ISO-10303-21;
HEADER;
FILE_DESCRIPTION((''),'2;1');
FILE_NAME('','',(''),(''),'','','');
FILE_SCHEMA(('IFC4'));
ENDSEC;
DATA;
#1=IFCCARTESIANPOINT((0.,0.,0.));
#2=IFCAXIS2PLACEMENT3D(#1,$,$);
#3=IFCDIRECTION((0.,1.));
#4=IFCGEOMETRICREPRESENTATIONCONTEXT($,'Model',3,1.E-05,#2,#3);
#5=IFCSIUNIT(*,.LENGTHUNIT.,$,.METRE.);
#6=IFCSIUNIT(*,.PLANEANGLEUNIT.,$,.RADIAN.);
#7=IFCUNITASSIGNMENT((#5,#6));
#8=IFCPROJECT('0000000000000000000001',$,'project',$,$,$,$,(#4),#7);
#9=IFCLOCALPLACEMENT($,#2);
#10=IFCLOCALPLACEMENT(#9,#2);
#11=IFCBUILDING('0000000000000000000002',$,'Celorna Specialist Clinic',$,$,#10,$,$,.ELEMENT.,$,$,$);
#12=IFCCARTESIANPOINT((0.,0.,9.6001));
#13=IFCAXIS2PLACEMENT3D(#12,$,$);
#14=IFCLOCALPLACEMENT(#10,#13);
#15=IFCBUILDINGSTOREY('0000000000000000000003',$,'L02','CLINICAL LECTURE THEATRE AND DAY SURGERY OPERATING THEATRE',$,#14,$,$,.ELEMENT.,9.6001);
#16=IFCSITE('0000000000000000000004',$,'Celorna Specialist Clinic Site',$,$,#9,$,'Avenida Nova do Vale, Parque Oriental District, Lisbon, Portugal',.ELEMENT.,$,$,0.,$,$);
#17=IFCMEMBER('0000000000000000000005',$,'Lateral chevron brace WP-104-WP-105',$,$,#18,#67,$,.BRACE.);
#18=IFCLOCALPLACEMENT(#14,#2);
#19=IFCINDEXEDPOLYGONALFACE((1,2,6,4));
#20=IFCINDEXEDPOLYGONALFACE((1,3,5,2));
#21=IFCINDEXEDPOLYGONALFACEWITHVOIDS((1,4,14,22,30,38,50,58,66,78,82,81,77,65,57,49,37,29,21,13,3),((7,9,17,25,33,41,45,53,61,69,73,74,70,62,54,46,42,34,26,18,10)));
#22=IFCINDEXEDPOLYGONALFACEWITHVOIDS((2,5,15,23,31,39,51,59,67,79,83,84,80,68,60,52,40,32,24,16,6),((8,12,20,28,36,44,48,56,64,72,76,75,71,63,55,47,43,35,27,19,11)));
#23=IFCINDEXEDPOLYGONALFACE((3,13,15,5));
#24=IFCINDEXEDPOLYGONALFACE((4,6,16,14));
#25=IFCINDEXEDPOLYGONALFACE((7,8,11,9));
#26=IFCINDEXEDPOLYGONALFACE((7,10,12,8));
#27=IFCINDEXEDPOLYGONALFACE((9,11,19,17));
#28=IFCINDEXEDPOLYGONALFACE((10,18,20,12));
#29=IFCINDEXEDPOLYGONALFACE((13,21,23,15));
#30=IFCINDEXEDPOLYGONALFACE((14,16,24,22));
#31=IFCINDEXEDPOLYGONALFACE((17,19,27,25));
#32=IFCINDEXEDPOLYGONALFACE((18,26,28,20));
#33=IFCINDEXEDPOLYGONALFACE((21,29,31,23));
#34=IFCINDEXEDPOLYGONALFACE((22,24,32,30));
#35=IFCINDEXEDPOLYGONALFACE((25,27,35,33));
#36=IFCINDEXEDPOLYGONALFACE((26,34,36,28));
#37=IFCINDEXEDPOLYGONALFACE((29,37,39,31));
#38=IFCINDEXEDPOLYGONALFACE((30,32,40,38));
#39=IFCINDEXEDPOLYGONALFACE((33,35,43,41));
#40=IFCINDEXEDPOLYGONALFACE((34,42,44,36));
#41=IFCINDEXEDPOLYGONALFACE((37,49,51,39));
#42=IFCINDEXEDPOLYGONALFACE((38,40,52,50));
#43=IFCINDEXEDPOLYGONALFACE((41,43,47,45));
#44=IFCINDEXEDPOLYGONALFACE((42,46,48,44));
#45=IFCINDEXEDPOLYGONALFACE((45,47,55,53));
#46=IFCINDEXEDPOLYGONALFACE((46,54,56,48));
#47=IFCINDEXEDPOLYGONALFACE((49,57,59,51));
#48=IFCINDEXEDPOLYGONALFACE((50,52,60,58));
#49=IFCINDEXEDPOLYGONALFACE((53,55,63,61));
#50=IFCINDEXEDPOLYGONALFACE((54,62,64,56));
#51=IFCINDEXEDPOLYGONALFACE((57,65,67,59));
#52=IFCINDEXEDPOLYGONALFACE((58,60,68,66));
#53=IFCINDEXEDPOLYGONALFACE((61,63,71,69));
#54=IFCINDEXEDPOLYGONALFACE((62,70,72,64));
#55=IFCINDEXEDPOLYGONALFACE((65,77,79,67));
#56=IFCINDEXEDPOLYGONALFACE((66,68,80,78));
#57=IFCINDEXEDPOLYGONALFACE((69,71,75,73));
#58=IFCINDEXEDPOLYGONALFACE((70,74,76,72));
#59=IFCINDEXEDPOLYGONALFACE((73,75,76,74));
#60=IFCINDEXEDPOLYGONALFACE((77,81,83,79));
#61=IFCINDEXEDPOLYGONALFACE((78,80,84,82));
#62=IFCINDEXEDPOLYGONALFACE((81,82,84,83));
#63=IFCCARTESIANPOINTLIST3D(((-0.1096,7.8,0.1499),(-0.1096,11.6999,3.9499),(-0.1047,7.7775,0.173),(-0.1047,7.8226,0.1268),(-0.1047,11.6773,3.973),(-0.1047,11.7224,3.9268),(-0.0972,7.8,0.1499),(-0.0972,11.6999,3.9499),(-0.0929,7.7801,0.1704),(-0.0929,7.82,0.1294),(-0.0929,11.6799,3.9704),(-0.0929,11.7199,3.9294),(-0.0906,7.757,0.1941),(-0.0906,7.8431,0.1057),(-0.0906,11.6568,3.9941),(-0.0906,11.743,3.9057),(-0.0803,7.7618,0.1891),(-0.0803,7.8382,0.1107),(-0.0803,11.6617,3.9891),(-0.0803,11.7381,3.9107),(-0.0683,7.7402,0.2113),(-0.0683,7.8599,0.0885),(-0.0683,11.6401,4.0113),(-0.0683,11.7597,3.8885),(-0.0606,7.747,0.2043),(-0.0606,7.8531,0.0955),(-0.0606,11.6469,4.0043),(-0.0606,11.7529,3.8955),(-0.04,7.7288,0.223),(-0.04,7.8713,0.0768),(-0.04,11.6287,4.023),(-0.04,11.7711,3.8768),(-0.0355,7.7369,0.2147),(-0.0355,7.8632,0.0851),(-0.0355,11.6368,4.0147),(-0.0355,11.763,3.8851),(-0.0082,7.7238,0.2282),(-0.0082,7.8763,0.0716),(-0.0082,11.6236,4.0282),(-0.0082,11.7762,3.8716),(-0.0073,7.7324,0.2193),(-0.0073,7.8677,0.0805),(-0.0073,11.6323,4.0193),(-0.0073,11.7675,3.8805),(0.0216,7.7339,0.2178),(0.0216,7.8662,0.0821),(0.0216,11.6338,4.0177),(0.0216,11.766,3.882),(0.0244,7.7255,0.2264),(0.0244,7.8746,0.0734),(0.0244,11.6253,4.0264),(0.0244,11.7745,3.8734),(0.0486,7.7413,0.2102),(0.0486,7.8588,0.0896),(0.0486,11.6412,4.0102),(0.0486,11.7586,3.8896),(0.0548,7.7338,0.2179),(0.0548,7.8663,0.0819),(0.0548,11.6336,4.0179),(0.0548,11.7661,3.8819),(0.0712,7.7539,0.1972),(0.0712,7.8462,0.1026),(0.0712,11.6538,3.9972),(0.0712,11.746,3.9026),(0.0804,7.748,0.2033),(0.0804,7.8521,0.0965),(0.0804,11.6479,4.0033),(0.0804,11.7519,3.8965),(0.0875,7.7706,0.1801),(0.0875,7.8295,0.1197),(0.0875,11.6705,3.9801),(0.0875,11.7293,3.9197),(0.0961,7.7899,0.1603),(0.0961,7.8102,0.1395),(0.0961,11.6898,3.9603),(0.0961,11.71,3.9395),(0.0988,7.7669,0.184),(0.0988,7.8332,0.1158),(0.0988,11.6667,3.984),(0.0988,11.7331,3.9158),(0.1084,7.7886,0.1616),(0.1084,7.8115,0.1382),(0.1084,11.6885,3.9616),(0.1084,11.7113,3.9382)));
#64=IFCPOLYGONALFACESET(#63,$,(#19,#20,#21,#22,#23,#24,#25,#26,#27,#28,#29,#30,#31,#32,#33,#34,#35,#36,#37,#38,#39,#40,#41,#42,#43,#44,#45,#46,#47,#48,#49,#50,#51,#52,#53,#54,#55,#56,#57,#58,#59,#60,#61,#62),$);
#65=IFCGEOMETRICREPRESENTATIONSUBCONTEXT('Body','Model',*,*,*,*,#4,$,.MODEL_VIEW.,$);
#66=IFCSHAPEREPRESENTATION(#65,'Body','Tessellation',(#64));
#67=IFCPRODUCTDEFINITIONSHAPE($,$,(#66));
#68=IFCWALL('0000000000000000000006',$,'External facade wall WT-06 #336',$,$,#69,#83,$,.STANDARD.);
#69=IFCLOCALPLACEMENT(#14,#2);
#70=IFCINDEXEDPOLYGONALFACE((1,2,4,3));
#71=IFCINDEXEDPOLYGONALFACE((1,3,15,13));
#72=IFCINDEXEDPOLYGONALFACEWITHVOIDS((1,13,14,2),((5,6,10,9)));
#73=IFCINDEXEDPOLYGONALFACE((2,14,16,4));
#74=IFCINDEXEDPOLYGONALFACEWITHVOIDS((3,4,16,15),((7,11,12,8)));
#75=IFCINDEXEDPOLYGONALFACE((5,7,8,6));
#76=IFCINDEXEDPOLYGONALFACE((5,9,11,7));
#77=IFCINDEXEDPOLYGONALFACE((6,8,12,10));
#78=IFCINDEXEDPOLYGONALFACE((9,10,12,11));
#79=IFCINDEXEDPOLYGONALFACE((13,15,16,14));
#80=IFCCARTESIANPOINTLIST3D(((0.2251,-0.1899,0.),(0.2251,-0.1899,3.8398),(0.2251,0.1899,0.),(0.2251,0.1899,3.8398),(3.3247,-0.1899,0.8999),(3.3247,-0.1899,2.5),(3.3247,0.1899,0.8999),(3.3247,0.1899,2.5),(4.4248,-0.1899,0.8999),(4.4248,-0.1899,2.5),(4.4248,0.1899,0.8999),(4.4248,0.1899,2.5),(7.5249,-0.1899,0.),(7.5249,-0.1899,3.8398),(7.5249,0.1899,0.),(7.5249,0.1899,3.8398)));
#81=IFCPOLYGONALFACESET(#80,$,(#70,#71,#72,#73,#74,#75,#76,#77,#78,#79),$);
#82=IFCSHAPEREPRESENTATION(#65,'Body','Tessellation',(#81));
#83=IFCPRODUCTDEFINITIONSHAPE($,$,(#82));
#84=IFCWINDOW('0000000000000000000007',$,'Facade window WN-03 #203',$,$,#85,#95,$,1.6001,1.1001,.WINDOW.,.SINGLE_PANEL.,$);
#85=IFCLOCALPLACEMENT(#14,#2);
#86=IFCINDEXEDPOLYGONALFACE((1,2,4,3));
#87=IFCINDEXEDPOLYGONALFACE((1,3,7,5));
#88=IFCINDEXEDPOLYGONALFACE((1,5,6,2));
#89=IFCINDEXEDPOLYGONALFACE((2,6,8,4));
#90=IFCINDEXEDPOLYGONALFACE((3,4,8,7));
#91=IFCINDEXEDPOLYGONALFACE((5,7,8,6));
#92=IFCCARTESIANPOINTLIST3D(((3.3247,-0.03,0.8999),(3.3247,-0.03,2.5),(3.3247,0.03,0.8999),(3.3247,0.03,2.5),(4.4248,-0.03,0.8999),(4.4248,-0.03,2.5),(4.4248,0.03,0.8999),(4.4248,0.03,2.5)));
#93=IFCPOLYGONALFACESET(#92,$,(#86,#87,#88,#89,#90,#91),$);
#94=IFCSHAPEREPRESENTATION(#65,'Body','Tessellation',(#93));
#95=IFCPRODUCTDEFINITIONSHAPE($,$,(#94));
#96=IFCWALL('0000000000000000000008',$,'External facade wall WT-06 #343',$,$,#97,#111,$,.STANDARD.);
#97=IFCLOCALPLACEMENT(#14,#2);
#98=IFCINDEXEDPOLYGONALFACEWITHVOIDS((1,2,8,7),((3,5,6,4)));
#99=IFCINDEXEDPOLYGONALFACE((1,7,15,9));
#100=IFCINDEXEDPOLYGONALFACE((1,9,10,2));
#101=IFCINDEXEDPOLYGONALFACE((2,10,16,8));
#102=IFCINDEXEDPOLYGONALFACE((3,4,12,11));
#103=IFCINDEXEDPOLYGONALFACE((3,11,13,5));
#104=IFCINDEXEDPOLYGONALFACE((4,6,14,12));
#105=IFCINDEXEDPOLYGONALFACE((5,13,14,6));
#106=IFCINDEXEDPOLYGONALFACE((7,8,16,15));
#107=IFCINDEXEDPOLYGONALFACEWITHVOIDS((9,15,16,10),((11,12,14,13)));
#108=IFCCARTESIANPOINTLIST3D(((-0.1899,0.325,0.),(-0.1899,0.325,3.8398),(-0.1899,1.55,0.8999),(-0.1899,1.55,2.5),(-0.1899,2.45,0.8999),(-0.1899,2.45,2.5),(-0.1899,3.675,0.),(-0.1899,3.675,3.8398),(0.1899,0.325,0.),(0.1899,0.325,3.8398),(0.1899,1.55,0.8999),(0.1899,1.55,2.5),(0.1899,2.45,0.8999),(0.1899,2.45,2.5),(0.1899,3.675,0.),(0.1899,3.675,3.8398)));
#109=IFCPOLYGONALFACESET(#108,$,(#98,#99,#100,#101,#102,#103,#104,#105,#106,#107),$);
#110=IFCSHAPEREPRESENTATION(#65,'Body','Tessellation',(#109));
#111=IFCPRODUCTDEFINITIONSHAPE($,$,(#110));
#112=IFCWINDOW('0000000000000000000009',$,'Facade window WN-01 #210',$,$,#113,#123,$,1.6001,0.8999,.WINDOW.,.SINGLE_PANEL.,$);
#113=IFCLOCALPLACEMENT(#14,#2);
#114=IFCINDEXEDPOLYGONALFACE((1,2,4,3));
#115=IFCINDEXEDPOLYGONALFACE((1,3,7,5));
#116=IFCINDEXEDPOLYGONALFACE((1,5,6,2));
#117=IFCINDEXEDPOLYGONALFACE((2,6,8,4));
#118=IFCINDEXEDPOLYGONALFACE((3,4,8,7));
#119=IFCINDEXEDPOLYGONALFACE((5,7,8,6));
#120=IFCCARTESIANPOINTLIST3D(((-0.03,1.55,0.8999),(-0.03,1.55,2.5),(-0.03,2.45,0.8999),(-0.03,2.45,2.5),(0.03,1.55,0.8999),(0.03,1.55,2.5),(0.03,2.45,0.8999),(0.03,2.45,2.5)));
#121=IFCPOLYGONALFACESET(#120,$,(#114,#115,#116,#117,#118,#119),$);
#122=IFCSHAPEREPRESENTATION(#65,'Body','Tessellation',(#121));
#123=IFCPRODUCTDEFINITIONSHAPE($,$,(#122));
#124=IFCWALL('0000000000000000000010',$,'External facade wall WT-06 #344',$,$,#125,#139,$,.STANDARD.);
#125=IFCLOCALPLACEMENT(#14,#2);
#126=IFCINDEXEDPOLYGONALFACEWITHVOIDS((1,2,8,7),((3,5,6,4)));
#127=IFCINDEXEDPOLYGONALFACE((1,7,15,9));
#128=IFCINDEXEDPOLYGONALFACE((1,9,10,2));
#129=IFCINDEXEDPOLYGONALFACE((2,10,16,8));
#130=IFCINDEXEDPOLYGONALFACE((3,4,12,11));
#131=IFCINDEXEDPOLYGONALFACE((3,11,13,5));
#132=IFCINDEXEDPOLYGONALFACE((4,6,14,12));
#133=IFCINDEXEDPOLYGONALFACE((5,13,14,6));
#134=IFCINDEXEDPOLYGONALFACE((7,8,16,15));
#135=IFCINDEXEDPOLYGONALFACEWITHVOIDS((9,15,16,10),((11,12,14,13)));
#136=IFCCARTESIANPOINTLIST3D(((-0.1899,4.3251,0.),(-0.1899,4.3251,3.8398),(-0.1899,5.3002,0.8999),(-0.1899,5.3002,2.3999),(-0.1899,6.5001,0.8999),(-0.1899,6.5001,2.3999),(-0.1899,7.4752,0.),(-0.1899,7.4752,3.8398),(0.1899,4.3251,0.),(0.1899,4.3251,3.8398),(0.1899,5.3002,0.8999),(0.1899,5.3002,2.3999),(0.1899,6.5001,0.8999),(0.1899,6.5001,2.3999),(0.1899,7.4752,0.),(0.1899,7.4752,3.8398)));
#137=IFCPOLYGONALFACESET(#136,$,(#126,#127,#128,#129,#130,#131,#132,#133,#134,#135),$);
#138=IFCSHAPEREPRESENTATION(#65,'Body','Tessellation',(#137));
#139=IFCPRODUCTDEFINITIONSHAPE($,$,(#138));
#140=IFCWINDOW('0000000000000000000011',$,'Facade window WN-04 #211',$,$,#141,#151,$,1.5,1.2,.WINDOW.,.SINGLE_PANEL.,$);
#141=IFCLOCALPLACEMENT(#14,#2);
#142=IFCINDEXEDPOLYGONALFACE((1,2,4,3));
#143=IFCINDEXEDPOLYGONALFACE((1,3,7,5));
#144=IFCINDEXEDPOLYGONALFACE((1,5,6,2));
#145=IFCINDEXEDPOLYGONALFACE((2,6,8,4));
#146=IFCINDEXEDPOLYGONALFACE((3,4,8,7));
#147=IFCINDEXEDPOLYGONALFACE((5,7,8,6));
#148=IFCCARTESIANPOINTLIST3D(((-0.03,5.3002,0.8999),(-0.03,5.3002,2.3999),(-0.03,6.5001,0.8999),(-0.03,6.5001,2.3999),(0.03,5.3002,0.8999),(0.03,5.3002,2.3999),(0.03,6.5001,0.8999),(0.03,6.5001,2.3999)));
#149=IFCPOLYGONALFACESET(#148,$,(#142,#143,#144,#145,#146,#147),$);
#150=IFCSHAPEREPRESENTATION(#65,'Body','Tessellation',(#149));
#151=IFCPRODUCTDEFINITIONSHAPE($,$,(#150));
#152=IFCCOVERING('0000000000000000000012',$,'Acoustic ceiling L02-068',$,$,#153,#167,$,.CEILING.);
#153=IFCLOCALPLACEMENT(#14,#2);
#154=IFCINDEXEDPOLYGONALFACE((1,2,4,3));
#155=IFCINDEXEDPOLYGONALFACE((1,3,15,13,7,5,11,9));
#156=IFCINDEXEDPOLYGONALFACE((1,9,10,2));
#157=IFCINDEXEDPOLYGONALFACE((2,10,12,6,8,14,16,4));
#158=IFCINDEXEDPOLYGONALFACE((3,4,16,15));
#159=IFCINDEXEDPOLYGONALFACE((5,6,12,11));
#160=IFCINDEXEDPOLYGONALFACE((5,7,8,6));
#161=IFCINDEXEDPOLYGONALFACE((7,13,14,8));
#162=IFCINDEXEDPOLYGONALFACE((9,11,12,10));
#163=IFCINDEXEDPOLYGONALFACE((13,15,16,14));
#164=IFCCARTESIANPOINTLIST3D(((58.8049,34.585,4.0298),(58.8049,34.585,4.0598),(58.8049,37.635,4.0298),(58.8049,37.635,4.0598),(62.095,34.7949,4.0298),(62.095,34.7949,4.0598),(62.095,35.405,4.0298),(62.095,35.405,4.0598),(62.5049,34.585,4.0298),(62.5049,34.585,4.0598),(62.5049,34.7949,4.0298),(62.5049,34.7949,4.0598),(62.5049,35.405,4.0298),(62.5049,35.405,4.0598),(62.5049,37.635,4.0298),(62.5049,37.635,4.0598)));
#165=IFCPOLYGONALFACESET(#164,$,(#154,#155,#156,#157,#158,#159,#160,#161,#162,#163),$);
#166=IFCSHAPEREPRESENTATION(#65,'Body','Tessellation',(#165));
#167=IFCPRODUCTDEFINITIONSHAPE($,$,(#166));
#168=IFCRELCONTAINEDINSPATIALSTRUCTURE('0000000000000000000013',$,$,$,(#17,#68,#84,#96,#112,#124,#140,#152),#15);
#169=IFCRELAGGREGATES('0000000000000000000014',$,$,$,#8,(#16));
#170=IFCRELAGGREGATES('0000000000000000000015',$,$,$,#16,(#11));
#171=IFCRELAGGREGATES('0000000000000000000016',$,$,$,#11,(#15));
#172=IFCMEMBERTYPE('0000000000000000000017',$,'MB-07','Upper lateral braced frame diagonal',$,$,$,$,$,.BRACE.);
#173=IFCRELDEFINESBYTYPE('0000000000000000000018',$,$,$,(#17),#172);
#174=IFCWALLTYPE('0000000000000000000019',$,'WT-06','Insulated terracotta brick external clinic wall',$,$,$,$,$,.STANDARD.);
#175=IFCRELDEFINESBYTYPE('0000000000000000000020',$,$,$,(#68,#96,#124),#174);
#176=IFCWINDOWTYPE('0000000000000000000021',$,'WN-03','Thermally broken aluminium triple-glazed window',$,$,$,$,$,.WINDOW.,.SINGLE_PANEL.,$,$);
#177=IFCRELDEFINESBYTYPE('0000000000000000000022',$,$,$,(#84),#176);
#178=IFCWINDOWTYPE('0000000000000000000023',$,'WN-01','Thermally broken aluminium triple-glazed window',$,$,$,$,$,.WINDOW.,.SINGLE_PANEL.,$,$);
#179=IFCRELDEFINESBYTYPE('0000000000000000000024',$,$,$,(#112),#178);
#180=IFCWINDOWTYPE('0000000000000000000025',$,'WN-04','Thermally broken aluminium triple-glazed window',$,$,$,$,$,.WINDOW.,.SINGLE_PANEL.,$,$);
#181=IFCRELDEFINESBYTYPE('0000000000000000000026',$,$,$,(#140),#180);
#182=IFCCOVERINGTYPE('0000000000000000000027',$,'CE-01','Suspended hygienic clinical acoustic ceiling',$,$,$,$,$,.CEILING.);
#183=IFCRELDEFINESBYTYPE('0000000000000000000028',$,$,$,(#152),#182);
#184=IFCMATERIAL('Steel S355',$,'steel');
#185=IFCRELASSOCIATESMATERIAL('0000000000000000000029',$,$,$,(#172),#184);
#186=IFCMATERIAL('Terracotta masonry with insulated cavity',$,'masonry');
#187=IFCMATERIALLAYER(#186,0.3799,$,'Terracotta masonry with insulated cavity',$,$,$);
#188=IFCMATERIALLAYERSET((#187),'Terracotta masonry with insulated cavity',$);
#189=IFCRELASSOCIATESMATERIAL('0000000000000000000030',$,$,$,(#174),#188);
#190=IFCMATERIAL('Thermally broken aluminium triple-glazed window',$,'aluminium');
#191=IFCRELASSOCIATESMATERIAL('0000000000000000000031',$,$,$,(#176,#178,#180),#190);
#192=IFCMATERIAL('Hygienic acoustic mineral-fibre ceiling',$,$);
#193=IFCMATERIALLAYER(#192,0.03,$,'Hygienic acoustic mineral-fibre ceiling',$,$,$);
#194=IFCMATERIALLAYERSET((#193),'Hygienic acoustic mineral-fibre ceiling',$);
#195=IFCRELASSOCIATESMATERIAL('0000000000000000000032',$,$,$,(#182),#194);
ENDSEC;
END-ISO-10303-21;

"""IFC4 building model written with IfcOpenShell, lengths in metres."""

from ifc_helpers import new_model, si_unit, direction, frame, frame_2d, origin, origin_2d, place, context, subcontext, project, spatial, polyline, rectangle, hollow_circle, outline, extrude, material, layer, layer_set, material_profile, profile_set, type_object, element, fill, save


model = new_model("IFC4")

# Units and contexts
model_context = context("Model", 3, precision=1e-05, world=origin(), true_north=direction((0.0, 1.0)))
body_context = subcontext(model_context, "Body", "Model", "MODEL_VIEW")
ifc_project = project(units=[si_unit("LENGTHUNIT", "METRE"), si_unit("PLANEANGLEUNIT", "RADIAN")], contexts=[model_context])

# Site, building, storey
site_placement = place(None, origin())
site = spatial("IfcSite", under=ifc_project, at=site_placement, Name="Celorna Specialist Clinic Site", LongName="Avenida Nova do Vale, Parque Oriental District, Lisbon, Portugal", CompositionType="ELEMENT", RefElevation=0.0)
building_placement = place(site_placement, origin())
building = spatial("IfcBuilding", under=site, at=building_placement, Name="Celorna Specialist Clinic", CompositionType="ELEMENT")
storey_placement = place(building_placement, frame((0.0, 0.0, 9.6001)))
storey = spatial("IfcBuildingStorey", under=building, at=storey_placement, Name="L02", Description="CLINICAL LECTURE THEATRE AND DAY SURGERY OPERATING THEATRE", CompositionType="ELEMENT", Elevation=9.6001)

# Shared definitions
ifc_material_1 = material(Name="Steel S355", Category="steel")

# Member
ifc_material_profile_1 = material_profile(ifc_material_1, hollow_circle(Radius=0.1096, WallThickness=0.0125, at=origin_2d()), Name="CHS 219.1x12.5")
ifc_profile_set_1 = profile_set([ifc_material_profile_1], Name="Steel S355")
member_type = type_object("IfcMemberType", Name="MB-07", Description="Upper lateral braced frame diagonal", PredefinedType="BRACE", material=ifc_profile_set_1)
member_placement = place(storey_placement, frame((0.0, 7.8, 0.1499), z_axis=(0.0, 0.716216, 0.697878), x_axis=(-1.0, 0.0, 0.0)))
element("IfcMember", 1, at=member_placement, inside=storey, type_object=member_type, Name="Lateral chevron brace WP-104-WP-105", PredefinedType="BRACE", context=body_context, shape_type="SweptSolid", body=[
    extrude(hollow_circle(Radius=0.1096, WallThickness=0.0125, at=origin_2d()), origin(), (0.0, 0.0, 1.0), 5.4451),
])

# Walls, openings, windows
ifc_material_2 = material(Name="Terracotta masonry with insulated cavity", Category="masonry")
ifc_layer_1 = layer(ifc_material_2, 0.3799, Name="Terracotta masonry with insulated cavity")
ifc_layer_set_1 = layer_set([ifc_layer_1], Name="Terracotta masonry with insulated cavity")
wall_type = type_object("IfcWallType", Name="WT-06", Description="Insulated terracotta brick external clinic wall", PredefinedType="STANDARD", material=ifc_layer_set_1)
wall_1_placement = place(storey_placement, frame((7.5249, 0.0, 0.0), z_axis=(0.0, 0.0, 1.0), x_axis=(-1.0, 0.0, 0.0)))
wall_1 = element("IfcWall", 2, at=wall_1_placement, inside=storey, type_object=wall_type, Name="External facade wall WT-06 #336", PredefinedType="STANDARD", context=body_context, shape_type="SweptSolid", body=[
    extrude(rectangle(XDim=7.2998, YDim=0.3799, at=frame_2d((3.6499, 0.0))), origin(), (0.0, 0.0, 1.0), 3.8398),
])
opening_1_placement = place(wall_1_placement, frame((3.1001, 0.0, 0.8999)))
opening_1 = element("IfcOpeningElement", 3, at=opening_1_placement, cuts=wall_1, PredefinedType="OPENING", context=body_context, shape_type="SweptSolid", body=[
    extrude(rectangle(XDim=1.1001, YDim=1.6001, at=frame_2d((0.55, 0.8))), frame((0.0, 0.2, 0.0), z_axis=(0.0, -1.0, 0.0), x_axis=(1.0, 0.0, 0.0)), (0.0, 0.0, 1.0), 0.3999),
])
ifc_material_3 = material(Name="Thermally broken aluminium triple-glazed window", Category="aluminium")
window_type_1 = type_object("IfcWindowType", Name="WN-03", Description="Thermally broken aluminium triple-glazed window", PartitioningType="SINGLE_PANEL", PredefinedType="WINDOW", material=ifc_material_3)
window_1_placement = place(opening_1_placement, origin())
window_1 = element("IfcWindow", 4, at=window_1_placement, inside=storey, type_object=window_type_1, Name="Facade window WN-03 #203", OverallHeight=1.6001, OverallWidth=1.1001, PartitioningType="SINGLE_PANEL", PredefinedType="WINDOW", context=body_context, shape_type="SweptSolid", body=[
    extrude(rectangle(XDim=1.1001, YDim=1.6001, at=frame_2d((0.55, 0.8))), frame((0.0, 0.03, 0.0), z_axis=(0.0, -1.0, 0.0), x_axis=(1.0, 0.0, 0.0)), (0.0, 0.0, 1.0), 0.0601),
])
fill(opening_1, window_1)
wall_2_placement = place(storey_placement, frame((0.0, 0.325, 0.0), z_axis=(0.0, 0.0, 1.0), x_axis=(0.0, 1.0, 0.0)))
wall_2 = element("IfcWall", 5, at=wall_2_placement, inside=storey, type_object=wall_type, Name="External facade wall WT-06 #343", PredefinedType="STANDARD", context=body_context, shape_type="SweptSolid", body=[
    extrude(rectangle(XDim=3.3501, YDim=0.3799, at=frame_2d((1.675, 0.0))), origin(), (0.0, 0.0, 1.0), 3.8398),
])
opening_2_placement = place(wall_2_placement, frame((1.2251, 0.0, 0.8999)))
opening_2 = element("IfcOpeningElement", 6, at=opening_2_placement, cuts=wall_2, PredefinedType="OPENING", context=body_context, shape_type="SweptSolid", body=[
    extrude(rectangle(XDim=0.8999, YDim=1.6001, at=frame_2d((0.45, 0.8))), frame((0.0, 0.2, 0.0), z_axis=(0.0, -1.0, 0.0), x_axis=(1.0, 0.0, 0.0)), (0.0, 0.0, 1.0), 0.3999),
])
window_type_2 = type_object("IfcWindowType", Name="WN-01", Description="Thermally broken aluminium triple-glazed window", PartitioningType="SINGLE_PANEL", PredefinedType="WINDOW", material=ifc_material_3)
window_2_placement = place(opening_2_placement, origin())
window_2 = element("IfcWindow", 7, at=window_2_placement, inside=storey, type_object=window_type_2, Name="Facade window WN-01 #210", OverallHeight=1.6001, OverallWidth=0.8999, PartitioningType="SINGLE_PANEL", PredefinedType="WINDOW", context=body_context, shape_type="SweptSolid", body=[
    extrude(rectangle(XDim=0.8999, YDim=1.6001, at=frame_2d((0.45, 0.8))), frame((0.0, 0.03, 0.0), z_axis=(0.0, -1.0, 0.0), x_axis=(1.0, 0.0, 0.0)), (0.0, 0.0, 1.0), 0.0601),
])
fill(opening_2, window_2)
wall_3_placement = place(storey_placement, frame((0.0, 4.325, 0.0), z_axis=(0.0, 0.0, 1.0), x_axis=(0.0, 1.0, 0.0)))
wall_3 = element("IfcWall", 8, at=wall_3_placement, inside=storey, type_object=wall_type, Name="External facade wall WT-06 #344", PredefinedType="STANDARD", context=body_context, shape_type="SweptSolid", body=[
    extrude(rectangle(XDim=3.1501, YDim=0.3799, at=frame_2d((1.5752, 0.0))), origin(), (0.0, 0.0, 1.0), 3.8398),
])
opening_3_placement = place(wall_3_placement, frame((0.9751, 0.0, 0.8999)))
opening_3 = element("IfcOpeningElement", 9, at=opening_3_placement, cuts=wall_3, PredefinedType="OPENING", context=body_context, shape_type="SweptSolid", body=[
    extrude(rectangle(XDim=1.2, YDim=1.5, at=frame_2d((0.6001, 0.75))), frame((0.0, 0.2, 0.0), z_axis=(0.0, -1.0, 0.0), x_axis=(1.0, 0.0, 0.0)), (0.0, 0.0, 1.0), 0.3999),
])
window_type_3 = type_object("IfcWindowType", Name="WN-04", Description="Thermally broken aluminium triple-glazed window", PartitioningType="SINGLE_PANEL", PredefinedType="WINDOW", material=ifc_material_3)
window_3_placement = place(opening_3_placement, origin())
window_3 = element("IfcWindow", 10, at=window_3_placement, inside=storey, type_object=window_type_3, Name="Facade window WN-04 #211", OverallHeight=1.5, OverallWidth=1.2, PartitioningType="SINGLE_PANEL", PredefinedType="WINDOW", context=body_context, shape_type="SweptSolid", body=[
    extrude(rectangle(XDim=1.2, YDim=1.5, at=frame_2d((0.6001, 0.75))), frame((0.0, 0.03, 0.0), z_axis=(0.0, -1.0, 0.0), x_axis=(1.0, 0.0, 0.0)), (0.0, 0.0, 1.0), 0.0601),
])
fill(opening_3, window_3)

# Covering
ifc_material_4 = material(Name="Hygienic acoustic mineral-fibre ceiling")
ifc_layer_2 = layer(ifc_material_4, 0.03, Name="Hygienic acoustic mineral-fibre ceiling")
ifc_layer_set_2 = layer_set([ifc_layer_2], Name="Hygienic acoustic mineral-fibre ceiling")
covering_type_1 = type_object("IfcCoveringType", Name="CE-01", Description="Suspended hygienic clinical acoustic ceiling", PredefinedType="CEILING", material=ifc_layer_set_2)
covering_1_placement = place(storey_placement, frame((0.0, 0.0, 4.0298)))
element("IfcCovering", 11, at=covering_1_placement, inside=storey, type_object=covering_type_1, Name="Acoustic ceiling L02-068", PredefinedType="CEILING", context=body_context, shape_type="SweptSolid", body=[
    extrude(outline(polyline([(58.8049, 37.635), (62.5049, 37.635), (62.5049, 35.405), (62.095, 35.405), (62.095, 34.7949), (62.5049, 34.7949), (62.5049, 34.585), (58.8049, 34.585), (58.8049, 37.635)])), origin(), (0.0, 0.0, 1.0), 0.03),
])

save(model, "model.ifc")
